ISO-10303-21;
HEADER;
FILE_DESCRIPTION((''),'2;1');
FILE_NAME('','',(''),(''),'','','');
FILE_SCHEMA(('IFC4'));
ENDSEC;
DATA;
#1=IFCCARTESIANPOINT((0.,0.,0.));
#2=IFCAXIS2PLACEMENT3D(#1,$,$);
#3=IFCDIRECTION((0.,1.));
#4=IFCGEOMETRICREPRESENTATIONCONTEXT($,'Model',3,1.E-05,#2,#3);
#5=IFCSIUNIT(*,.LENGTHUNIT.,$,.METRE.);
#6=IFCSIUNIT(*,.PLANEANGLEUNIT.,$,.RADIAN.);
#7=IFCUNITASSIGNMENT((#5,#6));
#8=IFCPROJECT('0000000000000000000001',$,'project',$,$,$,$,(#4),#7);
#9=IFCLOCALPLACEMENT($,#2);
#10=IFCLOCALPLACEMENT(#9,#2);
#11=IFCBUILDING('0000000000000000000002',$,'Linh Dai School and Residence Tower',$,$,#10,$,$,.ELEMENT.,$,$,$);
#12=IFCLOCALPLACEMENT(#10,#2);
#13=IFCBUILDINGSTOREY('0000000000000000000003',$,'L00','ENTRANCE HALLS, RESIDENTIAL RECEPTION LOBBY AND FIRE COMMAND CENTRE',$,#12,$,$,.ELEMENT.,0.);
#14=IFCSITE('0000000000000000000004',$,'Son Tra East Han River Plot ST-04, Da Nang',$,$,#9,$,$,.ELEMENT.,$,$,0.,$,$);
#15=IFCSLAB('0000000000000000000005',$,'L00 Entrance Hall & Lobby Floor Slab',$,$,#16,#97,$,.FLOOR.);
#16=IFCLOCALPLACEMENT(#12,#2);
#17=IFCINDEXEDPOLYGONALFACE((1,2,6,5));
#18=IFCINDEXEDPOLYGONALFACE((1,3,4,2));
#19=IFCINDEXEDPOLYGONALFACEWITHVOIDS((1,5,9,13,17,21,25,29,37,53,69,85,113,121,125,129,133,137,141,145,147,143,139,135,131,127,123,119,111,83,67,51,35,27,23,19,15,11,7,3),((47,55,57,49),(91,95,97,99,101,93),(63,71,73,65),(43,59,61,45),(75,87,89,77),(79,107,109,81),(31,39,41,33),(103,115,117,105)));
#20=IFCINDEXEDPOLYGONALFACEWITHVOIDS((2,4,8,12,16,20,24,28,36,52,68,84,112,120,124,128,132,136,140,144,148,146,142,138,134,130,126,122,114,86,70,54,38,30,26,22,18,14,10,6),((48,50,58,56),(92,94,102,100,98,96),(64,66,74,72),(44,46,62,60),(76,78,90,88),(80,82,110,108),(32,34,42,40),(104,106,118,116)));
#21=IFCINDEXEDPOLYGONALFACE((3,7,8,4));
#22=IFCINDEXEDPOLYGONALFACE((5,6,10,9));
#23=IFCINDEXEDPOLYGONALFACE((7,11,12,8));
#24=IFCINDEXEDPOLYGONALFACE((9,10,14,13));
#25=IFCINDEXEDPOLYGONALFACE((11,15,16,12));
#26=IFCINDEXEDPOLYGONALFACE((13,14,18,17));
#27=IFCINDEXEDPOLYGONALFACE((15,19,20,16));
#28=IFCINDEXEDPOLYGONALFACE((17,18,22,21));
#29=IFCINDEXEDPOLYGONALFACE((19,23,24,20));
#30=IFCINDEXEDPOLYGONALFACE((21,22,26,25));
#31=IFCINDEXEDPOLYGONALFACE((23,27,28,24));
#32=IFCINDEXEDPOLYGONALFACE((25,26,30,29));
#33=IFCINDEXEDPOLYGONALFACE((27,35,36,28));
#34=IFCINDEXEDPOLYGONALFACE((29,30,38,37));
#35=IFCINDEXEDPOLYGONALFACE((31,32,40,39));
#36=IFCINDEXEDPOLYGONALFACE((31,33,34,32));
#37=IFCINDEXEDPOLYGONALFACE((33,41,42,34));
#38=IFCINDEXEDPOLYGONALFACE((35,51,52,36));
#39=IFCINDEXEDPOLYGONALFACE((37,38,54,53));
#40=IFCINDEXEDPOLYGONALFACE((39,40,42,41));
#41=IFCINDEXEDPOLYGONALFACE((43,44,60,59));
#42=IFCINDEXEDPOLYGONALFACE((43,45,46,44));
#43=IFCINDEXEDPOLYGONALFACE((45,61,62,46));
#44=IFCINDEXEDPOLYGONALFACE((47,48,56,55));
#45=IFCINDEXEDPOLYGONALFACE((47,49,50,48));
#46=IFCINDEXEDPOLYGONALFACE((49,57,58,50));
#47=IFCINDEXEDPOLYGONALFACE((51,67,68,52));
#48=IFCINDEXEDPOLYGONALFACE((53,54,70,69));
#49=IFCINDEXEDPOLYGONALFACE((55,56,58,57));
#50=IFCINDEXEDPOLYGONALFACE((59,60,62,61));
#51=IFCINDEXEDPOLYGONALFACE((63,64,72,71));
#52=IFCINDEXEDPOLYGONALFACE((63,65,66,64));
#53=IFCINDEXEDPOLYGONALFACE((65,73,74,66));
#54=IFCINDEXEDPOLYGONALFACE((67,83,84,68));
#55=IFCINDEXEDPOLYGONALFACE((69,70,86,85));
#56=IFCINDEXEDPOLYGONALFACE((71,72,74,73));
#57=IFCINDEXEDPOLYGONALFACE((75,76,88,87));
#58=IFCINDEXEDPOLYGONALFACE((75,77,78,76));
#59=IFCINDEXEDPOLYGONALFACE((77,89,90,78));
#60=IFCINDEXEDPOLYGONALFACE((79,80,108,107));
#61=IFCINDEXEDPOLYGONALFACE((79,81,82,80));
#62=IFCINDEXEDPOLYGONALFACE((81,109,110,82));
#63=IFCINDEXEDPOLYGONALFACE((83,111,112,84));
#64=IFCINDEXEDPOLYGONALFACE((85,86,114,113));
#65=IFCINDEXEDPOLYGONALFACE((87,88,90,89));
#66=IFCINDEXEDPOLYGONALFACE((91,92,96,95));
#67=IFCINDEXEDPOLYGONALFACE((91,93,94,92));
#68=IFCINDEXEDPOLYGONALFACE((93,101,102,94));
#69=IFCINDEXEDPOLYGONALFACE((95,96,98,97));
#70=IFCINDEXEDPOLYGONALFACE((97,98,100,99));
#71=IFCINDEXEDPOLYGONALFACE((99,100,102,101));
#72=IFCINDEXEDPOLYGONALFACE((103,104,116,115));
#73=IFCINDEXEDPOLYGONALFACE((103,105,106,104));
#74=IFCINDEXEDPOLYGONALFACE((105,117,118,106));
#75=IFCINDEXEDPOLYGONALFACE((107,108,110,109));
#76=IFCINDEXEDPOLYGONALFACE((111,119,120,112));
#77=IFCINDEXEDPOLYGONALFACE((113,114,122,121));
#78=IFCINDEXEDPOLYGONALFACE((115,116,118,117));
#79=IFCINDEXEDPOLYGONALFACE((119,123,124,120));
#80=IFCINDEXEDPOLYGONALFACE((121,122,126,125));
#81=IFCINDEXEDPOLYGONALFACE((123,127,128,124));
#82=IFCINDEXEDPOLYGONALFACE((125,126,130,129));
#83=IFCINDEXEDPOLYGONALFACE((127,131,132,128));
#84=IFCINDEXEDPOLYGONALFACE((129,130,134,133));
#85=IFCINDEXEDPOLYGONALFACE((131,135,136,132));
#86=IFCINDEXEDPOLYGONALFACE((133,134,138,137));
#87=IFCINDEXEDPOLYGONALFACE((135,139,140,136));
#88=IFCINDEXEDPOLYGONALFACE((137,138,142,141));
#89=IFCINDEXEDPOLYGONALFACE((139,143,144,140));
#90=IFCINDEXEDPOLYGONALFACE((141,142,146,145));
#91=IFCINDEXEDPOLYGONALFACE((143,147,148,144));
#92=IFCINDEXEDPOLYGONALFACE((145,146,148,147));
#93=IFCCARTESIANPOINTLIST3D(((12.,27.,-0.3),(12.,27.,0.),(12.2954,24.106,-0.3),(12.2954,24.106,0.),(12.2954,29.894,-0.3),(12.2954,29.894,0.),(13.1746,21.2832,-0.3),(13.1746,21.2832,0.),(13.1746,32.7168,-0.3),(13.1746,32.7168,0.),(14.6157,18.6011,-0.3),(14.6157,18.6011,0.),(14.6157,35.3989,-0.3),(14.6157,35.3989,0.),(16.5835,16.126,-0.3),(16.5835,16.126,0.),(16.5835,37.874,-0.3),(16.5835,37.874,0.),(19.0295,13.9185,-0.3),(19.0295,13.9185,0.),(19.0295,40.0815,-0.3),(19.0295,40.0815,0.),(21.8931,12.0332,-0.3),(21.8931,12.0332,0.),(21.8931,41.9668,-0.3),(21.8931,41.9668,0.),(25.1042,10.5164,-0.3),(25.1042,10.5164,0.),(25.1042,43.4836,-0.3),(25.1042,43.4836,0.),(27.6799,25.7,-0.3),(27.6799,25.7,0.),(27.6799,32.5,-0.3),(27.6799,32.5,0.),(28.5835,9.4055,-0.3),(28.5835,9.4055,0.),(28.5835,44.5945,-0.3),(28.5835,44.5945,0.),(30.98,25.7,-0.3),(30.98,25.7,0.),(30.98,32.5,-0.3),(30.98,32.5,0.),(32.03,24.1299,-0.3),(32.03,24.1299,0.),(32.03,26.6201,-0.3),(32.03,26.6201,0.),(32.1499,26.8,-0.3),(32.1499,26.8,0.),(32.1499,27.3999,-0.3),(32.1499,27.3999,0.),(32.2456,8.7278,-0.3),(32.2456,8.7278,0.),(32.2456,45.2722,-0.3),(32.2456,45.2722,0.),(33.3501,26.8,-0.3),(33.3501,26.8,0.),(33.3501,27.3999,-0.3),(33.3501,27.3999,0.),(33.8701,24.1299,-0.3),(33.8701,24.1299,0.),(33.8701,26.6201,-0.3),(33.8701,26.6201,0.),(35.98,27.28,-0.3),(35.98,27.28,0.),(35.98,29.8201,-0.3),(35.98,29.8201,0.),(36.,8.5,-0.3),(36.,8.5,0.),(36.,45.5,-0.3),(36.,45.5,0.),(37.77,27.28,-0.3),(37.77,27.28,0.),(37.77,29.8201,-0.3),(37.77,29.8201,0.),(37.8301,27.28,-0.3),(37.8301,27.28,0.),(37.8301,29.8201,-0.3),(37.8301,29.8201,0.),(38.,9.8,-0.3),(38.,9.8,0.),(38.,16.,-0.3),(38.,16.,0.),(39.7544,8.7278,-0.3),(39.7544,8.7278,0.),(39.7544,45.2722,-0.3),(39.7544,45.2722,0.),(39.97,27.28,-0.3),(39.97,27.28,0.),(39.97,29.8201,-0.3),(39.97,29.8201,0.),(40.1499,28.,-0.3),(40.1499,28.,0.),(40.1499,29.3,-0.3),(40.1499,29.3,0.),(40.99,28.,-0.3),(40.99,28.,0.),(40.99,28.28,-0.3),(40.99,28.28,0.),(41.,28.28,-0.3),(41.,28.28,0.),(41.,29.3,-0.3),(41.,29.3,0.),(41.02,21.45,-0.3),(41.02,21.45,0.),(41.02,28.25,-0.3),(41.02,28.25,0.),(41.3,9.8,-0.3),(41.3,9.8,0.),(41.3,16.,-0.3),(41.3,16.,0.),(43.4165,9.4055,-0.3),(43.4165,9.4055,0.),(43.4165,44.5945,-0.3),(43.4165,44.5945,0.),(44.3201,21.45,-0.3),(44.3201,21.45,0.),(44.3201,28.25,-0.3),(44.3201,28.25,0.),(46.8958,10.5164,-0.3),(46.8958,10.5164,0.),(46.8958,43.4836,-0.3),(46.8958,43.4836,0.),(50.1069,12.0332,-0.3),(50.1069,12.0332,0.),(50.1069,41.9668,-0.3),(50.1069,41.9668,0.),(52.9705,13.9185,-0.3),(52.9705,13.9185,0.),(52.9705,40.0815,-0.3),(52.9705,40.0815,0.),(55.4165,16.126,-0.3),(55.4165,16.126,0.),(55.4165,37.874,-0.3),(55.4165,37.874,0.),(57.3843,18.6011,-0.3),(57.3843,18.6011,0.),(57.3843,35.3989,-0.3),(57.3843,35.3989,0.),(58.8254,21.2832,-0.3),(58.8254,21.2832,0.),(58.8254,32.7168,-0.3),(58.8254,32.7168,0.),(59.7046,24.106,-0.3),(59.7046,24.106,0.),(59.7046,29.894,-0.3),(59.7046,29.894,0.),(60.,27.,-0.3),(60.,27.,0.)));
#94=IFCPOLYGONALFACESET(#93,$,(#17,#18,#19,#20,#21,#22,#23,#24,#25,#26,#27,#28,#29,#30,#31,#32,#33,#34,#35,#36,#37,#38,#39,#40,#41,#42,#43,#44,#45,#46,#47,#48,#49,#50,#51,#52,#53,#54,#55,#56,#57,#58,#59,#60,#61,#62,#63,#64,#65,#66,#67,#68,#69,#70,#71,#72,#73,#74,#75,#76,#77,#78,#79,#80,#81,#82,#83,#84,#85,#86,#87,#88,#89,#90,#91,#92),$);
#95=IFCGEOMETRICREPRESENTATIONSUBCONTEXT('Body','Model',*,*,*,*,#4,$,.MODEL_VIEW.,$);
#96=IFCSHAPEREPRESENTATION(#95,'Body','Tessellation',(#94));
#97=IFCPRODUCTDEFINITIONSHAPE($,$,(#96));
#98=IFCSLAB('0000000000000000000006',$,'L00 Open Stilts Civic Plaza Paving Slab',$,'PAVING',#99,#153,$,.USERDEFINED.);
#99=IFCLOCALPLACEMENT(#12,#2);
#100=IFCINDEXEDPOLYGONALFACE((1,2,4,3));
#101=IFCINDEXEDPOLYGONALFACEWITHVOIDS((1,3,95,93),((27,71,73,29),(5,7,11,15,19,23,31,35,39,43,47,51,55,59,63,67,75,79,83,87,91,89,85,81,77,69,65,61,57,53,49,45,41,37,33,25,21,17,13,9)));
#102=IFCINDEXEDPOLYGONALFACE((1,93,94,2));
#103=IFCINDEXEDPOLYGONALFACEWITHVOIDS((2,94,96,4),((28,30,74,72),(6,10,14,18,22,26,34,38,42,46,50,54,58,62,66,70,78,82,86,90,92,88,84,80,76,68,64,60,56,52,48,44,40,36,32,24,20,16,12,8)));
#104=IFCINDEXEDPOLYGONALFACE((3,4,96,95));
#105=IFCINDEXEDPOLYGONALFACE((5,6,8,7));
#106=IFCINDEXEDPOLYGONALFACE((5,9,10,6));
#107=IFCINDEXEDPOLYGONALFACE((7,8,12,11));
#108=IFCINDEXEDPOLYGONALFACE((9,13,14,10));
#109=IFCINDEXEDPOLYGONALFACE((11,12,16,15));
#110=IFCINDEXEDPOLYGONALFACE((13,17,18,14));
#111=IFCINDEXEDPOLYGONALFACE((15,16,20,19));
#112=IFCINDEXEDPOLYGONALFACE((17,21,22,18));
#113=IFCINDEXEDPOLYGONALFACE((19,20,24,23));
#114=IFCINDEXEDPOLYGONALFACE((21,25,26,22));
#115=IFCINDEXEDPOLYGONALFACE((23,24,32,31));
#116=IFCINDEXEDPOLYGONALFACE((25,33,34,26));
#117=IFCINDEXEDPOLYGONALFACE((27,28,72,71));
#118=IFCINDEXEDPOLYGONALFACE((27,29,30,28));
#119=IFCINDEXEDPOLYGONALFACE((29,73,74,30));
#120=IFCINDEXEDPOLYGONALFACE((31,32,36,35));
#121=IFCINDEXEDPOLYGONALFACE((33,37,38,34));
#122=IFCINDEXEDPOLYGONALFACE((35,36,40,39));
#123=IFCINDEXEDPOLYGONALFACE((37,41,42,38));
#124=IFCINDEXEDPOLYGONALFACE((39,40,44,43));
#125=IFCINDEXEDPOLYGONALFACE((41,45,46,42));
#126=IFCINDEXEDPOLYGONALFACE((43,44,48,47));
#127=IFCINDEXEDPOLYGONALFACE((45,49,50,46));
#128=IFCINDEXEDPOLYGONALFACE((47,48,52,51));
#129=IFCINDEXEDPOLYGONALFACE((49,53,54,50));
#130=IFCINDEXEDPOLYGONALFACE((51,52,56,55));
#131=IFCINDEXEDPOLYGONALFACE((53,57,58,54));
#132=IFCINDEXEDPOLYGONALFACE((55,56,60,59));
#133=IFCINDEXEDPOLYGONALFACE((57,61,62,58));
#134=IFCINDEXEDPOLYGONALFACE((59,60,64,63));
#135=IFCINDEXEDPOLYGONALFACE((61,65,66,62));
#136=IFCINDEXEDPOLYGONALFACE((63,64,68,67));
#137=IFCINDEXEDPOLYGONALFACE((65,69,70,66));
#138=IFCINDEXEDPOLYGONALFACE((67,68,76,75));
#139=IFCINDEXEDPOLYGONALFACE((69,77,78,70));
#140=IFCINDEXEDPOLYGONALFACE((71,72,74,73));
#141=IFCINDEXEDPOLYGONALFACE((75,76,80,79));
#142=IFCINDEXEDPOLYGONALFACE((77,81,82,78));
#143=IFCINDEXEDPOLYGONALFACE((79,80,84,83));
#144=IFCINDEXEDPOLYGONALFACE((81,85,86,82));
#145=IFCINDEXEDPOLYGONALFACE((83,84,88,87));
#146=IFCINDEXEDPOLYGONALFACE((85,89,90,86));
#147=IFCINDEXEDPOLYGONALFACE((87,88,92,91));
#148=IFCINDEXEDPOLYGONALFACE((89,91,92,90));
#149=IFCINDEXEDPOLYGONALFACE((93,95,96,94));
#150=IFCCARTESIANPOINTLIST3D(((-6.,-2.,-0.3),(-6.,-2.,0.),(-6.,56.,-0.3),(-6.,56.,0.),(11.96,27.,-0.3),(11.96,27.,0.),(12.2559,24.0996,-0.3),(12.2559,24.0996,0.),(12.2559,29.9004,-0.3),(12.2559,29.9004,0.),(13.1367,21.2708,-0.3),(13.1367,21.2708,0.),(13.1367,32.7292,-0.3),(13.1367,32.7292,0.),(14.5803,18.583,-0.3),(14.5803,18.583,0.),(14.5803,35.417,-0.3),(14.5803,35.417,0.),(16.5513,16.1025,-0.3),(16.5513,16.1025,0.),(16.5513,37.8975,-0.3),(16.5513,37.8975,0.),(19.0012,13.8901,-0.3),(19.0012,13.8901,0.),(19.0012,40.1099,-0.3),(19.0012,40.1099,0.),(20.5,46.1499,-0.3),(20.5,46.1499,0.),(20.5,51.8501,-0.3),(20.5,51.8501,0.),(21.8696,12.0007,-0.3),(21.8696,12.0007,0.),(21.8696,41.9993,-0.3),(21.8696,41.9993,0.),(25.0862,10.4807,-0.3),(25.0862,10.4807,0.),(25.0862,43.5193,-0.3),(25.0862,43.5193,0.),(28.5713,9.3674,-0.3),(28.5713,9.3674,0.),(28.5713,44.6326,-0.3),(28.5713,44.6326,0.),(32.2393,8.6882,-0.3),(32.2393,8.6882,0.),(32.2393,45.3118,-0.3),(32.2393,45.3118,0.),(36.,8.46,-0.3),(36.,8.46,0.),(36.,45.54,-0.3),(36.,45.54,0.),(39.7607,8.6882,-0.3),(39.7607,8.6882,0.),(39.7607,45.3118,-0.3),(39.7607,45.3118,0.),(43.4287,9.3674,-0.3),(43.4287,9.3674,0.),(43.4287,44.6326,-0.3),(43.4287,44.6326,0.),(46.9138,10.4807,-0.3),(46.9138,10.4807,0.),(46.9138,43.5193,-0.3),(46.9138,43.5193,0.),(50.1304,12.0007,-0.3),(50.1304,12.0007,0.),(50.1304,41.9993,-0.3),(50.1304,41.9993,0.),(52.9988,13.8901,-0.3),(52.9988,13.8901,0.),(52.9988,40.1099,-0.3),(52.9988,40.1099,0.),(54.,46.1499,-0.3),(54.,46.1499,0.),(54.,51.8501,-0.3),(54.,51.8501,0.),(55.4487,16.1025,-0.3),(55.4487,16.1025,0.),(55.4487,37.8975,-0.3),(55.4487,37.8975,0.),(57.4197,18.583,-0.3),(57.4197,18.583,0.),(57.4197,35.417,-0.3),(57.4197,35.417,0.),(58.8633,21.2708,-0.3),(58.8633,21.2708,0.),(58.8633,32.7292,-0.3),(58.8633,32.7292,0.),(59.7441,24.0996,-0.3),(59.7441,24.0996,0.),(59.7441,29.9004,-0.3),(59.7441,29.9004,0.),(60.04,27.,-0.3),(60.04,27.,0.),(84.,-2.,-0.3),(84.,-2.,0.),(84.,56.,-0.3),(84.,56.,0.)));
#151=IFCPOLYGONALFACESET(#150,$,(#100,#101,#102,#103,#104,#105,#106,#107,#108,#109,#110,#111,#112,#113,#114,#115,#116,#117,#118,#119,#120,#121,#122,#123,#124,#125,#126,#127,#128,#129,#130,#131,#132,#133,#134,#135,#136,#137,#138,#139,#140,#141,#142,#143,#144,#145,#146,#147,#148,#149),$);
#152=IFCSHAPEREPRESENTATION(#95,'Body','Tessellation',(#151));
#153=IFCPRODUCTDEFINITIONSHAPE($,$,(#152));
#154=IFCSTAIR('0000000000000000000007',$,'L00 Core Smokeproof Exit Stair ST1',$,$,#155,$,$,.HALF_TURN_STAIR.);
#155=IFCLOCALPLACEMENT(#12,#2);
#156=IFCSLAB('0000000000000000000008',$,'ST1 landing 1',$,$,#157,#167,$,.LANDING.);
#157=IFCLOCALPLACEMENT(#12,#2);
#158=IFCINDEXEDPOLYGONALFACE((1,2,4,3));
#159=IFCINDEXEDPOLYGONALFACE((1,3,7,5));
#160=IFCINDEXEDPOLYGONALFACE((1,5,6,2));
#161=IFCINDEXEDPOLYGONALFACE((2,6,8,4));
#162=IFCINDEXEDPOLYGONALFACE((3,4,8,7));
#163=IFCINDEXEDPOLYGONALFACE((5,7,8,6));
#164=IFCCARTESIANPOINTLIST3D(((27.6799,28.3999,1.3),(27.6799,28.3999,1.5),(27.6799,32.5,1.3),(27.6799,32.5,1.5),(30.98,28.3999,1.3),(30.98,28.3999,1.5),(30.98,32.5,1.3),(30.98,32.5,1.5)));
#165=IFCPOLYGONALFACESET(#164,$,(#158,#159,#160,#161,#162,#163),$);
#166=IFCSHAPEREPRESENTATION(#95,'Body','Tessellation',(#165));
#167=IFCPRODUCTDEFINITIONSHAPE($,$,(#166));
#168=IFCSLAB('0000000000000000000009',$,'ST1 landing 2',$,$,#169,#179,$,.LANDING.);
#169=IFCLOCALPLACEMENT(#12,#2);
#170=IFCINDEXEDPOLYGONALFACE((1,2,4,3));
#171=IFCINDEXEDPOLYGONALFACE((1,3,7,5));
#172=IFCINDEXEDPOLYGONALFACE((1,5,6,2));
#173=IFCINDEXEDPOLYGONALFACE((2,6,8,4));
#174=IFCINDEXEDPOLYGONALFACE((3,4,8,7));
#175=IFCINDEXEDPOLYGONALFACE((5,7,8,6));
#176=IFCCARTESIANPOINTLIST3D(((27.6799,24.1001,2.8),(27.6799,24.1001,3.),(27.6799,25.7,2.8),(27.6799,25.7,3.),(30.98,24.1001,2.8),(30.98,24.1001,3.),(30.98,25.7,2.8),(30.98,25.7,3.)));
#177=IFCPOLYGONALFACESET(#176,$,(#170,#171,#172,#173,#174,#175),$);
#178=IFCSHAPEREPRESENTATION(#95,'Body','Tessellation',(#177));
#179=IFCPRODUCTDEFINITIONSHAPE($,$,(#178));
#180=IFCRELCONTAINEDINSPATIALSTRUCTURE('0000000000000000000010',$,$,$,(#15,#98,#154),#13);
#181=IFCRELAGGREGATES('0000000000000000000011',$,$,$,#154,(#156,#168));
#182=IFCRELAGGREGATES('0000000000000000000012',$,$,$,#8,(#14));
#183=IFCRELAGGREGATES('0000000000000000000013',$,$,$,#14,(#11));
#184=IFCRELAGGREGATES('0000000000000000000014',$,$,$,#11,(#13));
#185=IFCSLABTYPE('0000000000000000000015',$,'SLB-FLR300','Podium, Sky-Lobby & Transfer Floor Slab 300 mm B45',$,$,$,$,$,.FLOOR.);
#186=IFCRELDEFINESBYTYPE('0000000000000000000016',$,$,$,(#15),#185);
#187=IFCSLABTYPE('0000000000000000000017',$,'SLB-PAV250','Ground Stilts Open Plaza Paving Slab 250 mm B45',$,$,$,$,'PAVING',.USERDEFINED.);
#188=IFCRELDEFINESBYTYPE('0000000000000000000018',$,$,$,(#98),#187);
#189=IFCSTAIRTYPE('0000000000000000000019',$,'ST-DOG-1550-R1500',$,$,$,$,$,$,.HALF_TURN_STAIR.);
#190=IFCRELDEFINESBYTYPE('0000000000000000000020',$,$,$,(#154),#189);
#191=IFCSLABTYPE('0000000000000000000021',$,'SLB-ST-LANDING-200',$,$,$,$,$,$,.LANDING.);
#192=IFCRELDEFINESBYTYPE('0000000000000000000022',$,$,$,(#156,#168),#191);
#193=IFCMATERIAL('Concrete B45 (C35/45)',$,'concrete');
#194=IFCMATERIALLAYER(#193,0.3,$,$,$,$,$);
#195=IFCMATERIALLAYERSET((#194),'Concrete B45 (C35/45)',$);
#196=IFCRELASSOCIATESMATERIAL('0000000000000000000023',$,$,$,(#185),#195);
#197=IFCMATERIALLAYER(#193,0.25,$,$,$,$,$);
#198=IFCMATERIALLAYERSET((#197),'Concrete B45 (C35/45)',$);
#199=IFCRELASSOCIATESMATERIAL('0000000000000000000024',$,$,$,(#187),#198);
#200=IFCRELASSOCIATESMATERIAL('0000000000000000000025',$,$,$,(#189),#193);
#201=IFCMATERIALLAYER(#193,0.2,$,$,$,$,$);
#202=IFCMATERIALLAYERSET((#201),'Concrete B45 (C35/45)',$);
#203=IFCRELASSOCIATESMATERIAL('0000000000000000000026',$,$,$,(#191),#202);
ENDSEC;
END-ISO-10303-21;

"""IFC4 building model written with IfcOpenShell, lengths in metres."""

from ifc_helpers import new_model, si_unit, direction, frame, origin, place, context, subcontext, project, spatial, polyline, outline, extrude, material, layer, layer_set, type_object, element, aggregate, save


model = new_model("IFC4")

# Units and contexts
model_context = context("Model", 3, precision=1e-05, world=origin(), true_north=direction((0.0, 1.0)))
body_context = subcontext(model_context, "Body", "Model", "MODEL_VIEW")
ifc_project = project(units=[si_unit("LENGTHUNIT", "METRE"), si_unit("PLANEANGLEUNIT", "RADIAN")], contexts=[model_context])

# Site, building, storey
site_placement = place(None, origin())
site = spatial("IfcSite", under=ifc_project, at=site_placement, Name="Son Tra East Han River Plot ST-04, Da Nang", CompositionType="ELEMENT", RefElevation=0.0)
building_placement = place(site_placement, origin())
building = spatial("IfcBuilding", under=site, at=building_placement, Name="Linh Dai School and Residence Tower", CompositionType="ELEMENT")
storey_placement = place(building_placement, origin())
storey = spatial("IfcBuildingStorey", under=building, at=storey_placement, Name="L00", Description="ENTRANCE HALLS, RESIDENTIAL RECEPTION LOBBY AND FIRE COMMAND CENTRE", CompositionType="ELEMENT", Elevation=0.0)

# Slabs
ifc_material_1 = material(Name="Concrete B45 (C35/45)", Category="concrete")
ifc_layer_1 = layer(ifc_material_1, 0.3)
ifc_layer_set_1 = layer_set([ifc_layer_1], Name="Concrete B45 (C35/45)")
slab_type_1 = type_object("IfcSlabType", Name="SLB-FLR300", Description="Podium, Sky-Lobby & Transfer Floor Slab 300 mm B45", PredefinedType="FLOOR", material=ifc_layer_set_1)
slab_1_placement = place(storey_placement, frame((0.0, 0.0, -0.3)))
element("IfcSlab", 1, at=slab_1_placement, inside=storey, type_object=slab_type_1, Name="L00 Entrance Hall & Lobby Floor Slab", PredefinedType="FLOOR", context=body_context, shape_type="SweptSolid", body=[
    extrude(outline(polyline([(60.0, 27.0), (59.7046, 29.894), (58.8254, 32.7168), (57.3843, 35.3989), (55.4165, 37.874), (52.9705, 40.0815), (50.1069, 41.9668), (46.8958, 43.4836), (43.4165, 44.5945), (39.7544, 45.2722), (36.0, 45.5), (32.2456, 45.2722), (28.5835, 44.5945), (25.1042, 43.4836), (21.8931, 41.9668), (19.0295, 40.0815), (16.5835, 37.874), (14.6157, 35.3989), (13.1746, 32.7168), (12.2954, 29.894), (12.0, 27.0), (12.2954, 24.106), (13.1746, 21.2832), (14.6157, 18.6011), (16.5835, 16.126), (19.0295, 13.9185), (21.8931, 12.0332), (25.1042, 10.5164), (28.5835, 9.4055), (32.2456, 8.7278), (36.0, 8.5), (39.7544, 8.7278), (43.4165, 9.4055), (46.8958, 10.5164), (50.1069, 12.0332), (52.9705, 13.9185), (55.4165, 16.126), (57.3843, 18.6011), (58.8254, 21.2832), (59.7046, 24.106), (60.0, 27.0)]), holes=[polyline([(30.98, 25.7), (30.98, 32.5), (27.6799, 32.5), (27.6799, 25.7), (30.98, 25.7)]), polyline([(41.02, 28.25), (41.02, 21.45), (44.3201, 21.45), (44.3201, 28.25), (41.02, 28.25)]), polyline([(38.0, 16.0), (38.0, 9.8), (41.3, 9.8), (41.3, 16.0), (38.0, 16.0)]), polyline([(35.98, 27.28), (37.77, 27.28), (37.77, 29.8201), (35.98, 29.8201), (35.98, 27.28)]), polyline([(32.03, 24.1299), (33.8701, 24.1299), (33.8701, 26.6201), (32.03, 26.6201), (32.03, 24.1299)]), polyline([(37.8301, 27.28), (39.97, 27.28), (39.97, 29.8201), (37.8301, 29.8201), (37.8301, 27.28)]), polyline([(40.1499, 28.0), (40.1499, 29.3), (41.0, 29.3), (41.0, 28.28), (40.99, 28.28), (40.99, 28.0), (40.1499, 28.0)]), polyline([(32.1499, 26.8), (33.3501, 26.8), (33.3501, 27.3999), (32.1499, 27.3999), (32.1499, 26.8)])]), origin(), (0.0, 0.0, 1.0), 0.3),
])
ifc_layer_2 = layer(ifc_material_1, 0.25)
ifc_layer_set_2 = layer_set([ifc_layer_2], Name="Concrete B45 (C35/45)")
slab_type_2 = type_object("IfcSlabType", Name="SLB-PAV250", Description="Ground Stilts Open Plaza Paving Slab 250 mm B45", ElementType="PAVING", PredefinedType="USERDEFINED", material=ifc_layer_set_2)
slab_2_placement = place(storey_placement, frame((0.0, 0.0, -0.3)))
element("IfcSlab", 2, at=slab_2_placement, inside=storey, type_object=slab_type_2, Name="L00 Open Stilts Civic Plaza Paving Slab", ObjectType="PAVING", PredefinedType="USERDEFINED", context=body_context, shape_type="SweptSolid", body=[
    extrude(outline(polyline([(-6.0, -2.0), (84.0, -2.0), (84.0, 56.0), (-6.0, 56.0), (-6.0, -2.0)]), holes=[polyline([(60.04, 27.0), (59.7441, 29.9004), (58.8633, 32.7292), (57.4197, 35.417), (55.4487, 37.8975), (52.9988, 40.1099), (50.1304, 41.9993), (46.9138, 43.5193), (43.4287, 44.6326), (39.7607, 45.3118), (36.0, 45.54), (32.2393, 45.3118), (28.5713, 44.6326), (25.0862, 43.5193), (21.8696, 41.9993), (19.0012, 40.1099), (16.5513, 37.8975), (14.5803, 35.417), (13.1367, 32.7292), (12.2559, 29.9004), (11.96, 27.0), (12.2559, 24.0996), (13.1367, 21.2708), (14.5803, 18.583), (16.5513, 16.1025), (19.0012, 13.8901), (21.8696, 12.0007), (25.0862, 10.4807), (28.5713, 9.3674), (32.2393, 8.6882), (36.0, 8.46), (39.7607, 8.6882), (43.4287, 9.3674), (46.9138, 10.4807), (50.1304, 12.0007), (52.9988, 13.8901), (55.4487, 16.1025), (57.4197, 18.583), (58.8633, 21.2708), (59.7441, 24.0996), (60.04, 27.0)]), polyline([(20.5, 46.1499), (54.0, 46.1499), (54.0, 51.8501), (20.5, 51.8501), (20.5, 46.1499)])]), origin(), (0.0, 0.0, 1.0), 0.3),
])

# Stair, slabs
stair_type = type_object("IfcStairType", Name="ST-DOG-1550-R1500", PredefinedType="HALF_TURN_STAIR", material=ifc_material_1)
stair_1_placement = place(storey_placement, origin())
stair_1 = element("IfcStair", 3, at=stair_1_placement, inside=storey, type_object=stair_type, Name="L00 Core Smokeproof Exit Stair ST1", PredefinedType="HALF_TURN_STAIR")
ifc_layer_3 = layer(ifc_material_1, 0.2)
ifc_layer_set_3 = layer_set([ifc_layer_3], Name="Concrete B45 (C35/45)")
slab_type_3 = type_object("IfcSlabType", Name="SLB-ST-LANDING-200", PredefinedType="LANDING", material=ifc_layer_set_3)
slab_3_placement = place(storey_placement, frame((0.0, 0.0, 1.3)))
slab_3 = element("IfcSlab", 4, at=slab_3_placement, type_object=slab_type_3, Name="ST1 landing 1", PredefinedType="LANDING", context=body_context, shape_type="SweptSolid", body=[
    extrude(outline(polyline([(30.98, 28.3999), (30.98, 32.5), (27.6799, 32.5), (27.6799, 28.3999), (30.98, 28.3999)])), origin(), (0.0, 0.0, 1.0), 0.2),
])
slab_4_placement = place(storey_placement, frame((0.0, 0.0, 2.8)))
slab_4 = element("IfcSlab", 5, at=slab_4_placement, type_object=slab_type_3, Name="ST1 landing 2", PredefinedType="LANDING", context=body_context, shape_type="SweptSolid", body=[
    extrude(outline(polyline([(30.98, 24.1001), (30.98, 25.7), (27.6799, 25.7), (27.6799, 24.1001), (30.98, 24.1001)])), origin(), (0.0, 0.0, 1.0), 0.2),
])
aggregate(stair_1, [slab_3, slab_4])

save(model, "model.ifc")
